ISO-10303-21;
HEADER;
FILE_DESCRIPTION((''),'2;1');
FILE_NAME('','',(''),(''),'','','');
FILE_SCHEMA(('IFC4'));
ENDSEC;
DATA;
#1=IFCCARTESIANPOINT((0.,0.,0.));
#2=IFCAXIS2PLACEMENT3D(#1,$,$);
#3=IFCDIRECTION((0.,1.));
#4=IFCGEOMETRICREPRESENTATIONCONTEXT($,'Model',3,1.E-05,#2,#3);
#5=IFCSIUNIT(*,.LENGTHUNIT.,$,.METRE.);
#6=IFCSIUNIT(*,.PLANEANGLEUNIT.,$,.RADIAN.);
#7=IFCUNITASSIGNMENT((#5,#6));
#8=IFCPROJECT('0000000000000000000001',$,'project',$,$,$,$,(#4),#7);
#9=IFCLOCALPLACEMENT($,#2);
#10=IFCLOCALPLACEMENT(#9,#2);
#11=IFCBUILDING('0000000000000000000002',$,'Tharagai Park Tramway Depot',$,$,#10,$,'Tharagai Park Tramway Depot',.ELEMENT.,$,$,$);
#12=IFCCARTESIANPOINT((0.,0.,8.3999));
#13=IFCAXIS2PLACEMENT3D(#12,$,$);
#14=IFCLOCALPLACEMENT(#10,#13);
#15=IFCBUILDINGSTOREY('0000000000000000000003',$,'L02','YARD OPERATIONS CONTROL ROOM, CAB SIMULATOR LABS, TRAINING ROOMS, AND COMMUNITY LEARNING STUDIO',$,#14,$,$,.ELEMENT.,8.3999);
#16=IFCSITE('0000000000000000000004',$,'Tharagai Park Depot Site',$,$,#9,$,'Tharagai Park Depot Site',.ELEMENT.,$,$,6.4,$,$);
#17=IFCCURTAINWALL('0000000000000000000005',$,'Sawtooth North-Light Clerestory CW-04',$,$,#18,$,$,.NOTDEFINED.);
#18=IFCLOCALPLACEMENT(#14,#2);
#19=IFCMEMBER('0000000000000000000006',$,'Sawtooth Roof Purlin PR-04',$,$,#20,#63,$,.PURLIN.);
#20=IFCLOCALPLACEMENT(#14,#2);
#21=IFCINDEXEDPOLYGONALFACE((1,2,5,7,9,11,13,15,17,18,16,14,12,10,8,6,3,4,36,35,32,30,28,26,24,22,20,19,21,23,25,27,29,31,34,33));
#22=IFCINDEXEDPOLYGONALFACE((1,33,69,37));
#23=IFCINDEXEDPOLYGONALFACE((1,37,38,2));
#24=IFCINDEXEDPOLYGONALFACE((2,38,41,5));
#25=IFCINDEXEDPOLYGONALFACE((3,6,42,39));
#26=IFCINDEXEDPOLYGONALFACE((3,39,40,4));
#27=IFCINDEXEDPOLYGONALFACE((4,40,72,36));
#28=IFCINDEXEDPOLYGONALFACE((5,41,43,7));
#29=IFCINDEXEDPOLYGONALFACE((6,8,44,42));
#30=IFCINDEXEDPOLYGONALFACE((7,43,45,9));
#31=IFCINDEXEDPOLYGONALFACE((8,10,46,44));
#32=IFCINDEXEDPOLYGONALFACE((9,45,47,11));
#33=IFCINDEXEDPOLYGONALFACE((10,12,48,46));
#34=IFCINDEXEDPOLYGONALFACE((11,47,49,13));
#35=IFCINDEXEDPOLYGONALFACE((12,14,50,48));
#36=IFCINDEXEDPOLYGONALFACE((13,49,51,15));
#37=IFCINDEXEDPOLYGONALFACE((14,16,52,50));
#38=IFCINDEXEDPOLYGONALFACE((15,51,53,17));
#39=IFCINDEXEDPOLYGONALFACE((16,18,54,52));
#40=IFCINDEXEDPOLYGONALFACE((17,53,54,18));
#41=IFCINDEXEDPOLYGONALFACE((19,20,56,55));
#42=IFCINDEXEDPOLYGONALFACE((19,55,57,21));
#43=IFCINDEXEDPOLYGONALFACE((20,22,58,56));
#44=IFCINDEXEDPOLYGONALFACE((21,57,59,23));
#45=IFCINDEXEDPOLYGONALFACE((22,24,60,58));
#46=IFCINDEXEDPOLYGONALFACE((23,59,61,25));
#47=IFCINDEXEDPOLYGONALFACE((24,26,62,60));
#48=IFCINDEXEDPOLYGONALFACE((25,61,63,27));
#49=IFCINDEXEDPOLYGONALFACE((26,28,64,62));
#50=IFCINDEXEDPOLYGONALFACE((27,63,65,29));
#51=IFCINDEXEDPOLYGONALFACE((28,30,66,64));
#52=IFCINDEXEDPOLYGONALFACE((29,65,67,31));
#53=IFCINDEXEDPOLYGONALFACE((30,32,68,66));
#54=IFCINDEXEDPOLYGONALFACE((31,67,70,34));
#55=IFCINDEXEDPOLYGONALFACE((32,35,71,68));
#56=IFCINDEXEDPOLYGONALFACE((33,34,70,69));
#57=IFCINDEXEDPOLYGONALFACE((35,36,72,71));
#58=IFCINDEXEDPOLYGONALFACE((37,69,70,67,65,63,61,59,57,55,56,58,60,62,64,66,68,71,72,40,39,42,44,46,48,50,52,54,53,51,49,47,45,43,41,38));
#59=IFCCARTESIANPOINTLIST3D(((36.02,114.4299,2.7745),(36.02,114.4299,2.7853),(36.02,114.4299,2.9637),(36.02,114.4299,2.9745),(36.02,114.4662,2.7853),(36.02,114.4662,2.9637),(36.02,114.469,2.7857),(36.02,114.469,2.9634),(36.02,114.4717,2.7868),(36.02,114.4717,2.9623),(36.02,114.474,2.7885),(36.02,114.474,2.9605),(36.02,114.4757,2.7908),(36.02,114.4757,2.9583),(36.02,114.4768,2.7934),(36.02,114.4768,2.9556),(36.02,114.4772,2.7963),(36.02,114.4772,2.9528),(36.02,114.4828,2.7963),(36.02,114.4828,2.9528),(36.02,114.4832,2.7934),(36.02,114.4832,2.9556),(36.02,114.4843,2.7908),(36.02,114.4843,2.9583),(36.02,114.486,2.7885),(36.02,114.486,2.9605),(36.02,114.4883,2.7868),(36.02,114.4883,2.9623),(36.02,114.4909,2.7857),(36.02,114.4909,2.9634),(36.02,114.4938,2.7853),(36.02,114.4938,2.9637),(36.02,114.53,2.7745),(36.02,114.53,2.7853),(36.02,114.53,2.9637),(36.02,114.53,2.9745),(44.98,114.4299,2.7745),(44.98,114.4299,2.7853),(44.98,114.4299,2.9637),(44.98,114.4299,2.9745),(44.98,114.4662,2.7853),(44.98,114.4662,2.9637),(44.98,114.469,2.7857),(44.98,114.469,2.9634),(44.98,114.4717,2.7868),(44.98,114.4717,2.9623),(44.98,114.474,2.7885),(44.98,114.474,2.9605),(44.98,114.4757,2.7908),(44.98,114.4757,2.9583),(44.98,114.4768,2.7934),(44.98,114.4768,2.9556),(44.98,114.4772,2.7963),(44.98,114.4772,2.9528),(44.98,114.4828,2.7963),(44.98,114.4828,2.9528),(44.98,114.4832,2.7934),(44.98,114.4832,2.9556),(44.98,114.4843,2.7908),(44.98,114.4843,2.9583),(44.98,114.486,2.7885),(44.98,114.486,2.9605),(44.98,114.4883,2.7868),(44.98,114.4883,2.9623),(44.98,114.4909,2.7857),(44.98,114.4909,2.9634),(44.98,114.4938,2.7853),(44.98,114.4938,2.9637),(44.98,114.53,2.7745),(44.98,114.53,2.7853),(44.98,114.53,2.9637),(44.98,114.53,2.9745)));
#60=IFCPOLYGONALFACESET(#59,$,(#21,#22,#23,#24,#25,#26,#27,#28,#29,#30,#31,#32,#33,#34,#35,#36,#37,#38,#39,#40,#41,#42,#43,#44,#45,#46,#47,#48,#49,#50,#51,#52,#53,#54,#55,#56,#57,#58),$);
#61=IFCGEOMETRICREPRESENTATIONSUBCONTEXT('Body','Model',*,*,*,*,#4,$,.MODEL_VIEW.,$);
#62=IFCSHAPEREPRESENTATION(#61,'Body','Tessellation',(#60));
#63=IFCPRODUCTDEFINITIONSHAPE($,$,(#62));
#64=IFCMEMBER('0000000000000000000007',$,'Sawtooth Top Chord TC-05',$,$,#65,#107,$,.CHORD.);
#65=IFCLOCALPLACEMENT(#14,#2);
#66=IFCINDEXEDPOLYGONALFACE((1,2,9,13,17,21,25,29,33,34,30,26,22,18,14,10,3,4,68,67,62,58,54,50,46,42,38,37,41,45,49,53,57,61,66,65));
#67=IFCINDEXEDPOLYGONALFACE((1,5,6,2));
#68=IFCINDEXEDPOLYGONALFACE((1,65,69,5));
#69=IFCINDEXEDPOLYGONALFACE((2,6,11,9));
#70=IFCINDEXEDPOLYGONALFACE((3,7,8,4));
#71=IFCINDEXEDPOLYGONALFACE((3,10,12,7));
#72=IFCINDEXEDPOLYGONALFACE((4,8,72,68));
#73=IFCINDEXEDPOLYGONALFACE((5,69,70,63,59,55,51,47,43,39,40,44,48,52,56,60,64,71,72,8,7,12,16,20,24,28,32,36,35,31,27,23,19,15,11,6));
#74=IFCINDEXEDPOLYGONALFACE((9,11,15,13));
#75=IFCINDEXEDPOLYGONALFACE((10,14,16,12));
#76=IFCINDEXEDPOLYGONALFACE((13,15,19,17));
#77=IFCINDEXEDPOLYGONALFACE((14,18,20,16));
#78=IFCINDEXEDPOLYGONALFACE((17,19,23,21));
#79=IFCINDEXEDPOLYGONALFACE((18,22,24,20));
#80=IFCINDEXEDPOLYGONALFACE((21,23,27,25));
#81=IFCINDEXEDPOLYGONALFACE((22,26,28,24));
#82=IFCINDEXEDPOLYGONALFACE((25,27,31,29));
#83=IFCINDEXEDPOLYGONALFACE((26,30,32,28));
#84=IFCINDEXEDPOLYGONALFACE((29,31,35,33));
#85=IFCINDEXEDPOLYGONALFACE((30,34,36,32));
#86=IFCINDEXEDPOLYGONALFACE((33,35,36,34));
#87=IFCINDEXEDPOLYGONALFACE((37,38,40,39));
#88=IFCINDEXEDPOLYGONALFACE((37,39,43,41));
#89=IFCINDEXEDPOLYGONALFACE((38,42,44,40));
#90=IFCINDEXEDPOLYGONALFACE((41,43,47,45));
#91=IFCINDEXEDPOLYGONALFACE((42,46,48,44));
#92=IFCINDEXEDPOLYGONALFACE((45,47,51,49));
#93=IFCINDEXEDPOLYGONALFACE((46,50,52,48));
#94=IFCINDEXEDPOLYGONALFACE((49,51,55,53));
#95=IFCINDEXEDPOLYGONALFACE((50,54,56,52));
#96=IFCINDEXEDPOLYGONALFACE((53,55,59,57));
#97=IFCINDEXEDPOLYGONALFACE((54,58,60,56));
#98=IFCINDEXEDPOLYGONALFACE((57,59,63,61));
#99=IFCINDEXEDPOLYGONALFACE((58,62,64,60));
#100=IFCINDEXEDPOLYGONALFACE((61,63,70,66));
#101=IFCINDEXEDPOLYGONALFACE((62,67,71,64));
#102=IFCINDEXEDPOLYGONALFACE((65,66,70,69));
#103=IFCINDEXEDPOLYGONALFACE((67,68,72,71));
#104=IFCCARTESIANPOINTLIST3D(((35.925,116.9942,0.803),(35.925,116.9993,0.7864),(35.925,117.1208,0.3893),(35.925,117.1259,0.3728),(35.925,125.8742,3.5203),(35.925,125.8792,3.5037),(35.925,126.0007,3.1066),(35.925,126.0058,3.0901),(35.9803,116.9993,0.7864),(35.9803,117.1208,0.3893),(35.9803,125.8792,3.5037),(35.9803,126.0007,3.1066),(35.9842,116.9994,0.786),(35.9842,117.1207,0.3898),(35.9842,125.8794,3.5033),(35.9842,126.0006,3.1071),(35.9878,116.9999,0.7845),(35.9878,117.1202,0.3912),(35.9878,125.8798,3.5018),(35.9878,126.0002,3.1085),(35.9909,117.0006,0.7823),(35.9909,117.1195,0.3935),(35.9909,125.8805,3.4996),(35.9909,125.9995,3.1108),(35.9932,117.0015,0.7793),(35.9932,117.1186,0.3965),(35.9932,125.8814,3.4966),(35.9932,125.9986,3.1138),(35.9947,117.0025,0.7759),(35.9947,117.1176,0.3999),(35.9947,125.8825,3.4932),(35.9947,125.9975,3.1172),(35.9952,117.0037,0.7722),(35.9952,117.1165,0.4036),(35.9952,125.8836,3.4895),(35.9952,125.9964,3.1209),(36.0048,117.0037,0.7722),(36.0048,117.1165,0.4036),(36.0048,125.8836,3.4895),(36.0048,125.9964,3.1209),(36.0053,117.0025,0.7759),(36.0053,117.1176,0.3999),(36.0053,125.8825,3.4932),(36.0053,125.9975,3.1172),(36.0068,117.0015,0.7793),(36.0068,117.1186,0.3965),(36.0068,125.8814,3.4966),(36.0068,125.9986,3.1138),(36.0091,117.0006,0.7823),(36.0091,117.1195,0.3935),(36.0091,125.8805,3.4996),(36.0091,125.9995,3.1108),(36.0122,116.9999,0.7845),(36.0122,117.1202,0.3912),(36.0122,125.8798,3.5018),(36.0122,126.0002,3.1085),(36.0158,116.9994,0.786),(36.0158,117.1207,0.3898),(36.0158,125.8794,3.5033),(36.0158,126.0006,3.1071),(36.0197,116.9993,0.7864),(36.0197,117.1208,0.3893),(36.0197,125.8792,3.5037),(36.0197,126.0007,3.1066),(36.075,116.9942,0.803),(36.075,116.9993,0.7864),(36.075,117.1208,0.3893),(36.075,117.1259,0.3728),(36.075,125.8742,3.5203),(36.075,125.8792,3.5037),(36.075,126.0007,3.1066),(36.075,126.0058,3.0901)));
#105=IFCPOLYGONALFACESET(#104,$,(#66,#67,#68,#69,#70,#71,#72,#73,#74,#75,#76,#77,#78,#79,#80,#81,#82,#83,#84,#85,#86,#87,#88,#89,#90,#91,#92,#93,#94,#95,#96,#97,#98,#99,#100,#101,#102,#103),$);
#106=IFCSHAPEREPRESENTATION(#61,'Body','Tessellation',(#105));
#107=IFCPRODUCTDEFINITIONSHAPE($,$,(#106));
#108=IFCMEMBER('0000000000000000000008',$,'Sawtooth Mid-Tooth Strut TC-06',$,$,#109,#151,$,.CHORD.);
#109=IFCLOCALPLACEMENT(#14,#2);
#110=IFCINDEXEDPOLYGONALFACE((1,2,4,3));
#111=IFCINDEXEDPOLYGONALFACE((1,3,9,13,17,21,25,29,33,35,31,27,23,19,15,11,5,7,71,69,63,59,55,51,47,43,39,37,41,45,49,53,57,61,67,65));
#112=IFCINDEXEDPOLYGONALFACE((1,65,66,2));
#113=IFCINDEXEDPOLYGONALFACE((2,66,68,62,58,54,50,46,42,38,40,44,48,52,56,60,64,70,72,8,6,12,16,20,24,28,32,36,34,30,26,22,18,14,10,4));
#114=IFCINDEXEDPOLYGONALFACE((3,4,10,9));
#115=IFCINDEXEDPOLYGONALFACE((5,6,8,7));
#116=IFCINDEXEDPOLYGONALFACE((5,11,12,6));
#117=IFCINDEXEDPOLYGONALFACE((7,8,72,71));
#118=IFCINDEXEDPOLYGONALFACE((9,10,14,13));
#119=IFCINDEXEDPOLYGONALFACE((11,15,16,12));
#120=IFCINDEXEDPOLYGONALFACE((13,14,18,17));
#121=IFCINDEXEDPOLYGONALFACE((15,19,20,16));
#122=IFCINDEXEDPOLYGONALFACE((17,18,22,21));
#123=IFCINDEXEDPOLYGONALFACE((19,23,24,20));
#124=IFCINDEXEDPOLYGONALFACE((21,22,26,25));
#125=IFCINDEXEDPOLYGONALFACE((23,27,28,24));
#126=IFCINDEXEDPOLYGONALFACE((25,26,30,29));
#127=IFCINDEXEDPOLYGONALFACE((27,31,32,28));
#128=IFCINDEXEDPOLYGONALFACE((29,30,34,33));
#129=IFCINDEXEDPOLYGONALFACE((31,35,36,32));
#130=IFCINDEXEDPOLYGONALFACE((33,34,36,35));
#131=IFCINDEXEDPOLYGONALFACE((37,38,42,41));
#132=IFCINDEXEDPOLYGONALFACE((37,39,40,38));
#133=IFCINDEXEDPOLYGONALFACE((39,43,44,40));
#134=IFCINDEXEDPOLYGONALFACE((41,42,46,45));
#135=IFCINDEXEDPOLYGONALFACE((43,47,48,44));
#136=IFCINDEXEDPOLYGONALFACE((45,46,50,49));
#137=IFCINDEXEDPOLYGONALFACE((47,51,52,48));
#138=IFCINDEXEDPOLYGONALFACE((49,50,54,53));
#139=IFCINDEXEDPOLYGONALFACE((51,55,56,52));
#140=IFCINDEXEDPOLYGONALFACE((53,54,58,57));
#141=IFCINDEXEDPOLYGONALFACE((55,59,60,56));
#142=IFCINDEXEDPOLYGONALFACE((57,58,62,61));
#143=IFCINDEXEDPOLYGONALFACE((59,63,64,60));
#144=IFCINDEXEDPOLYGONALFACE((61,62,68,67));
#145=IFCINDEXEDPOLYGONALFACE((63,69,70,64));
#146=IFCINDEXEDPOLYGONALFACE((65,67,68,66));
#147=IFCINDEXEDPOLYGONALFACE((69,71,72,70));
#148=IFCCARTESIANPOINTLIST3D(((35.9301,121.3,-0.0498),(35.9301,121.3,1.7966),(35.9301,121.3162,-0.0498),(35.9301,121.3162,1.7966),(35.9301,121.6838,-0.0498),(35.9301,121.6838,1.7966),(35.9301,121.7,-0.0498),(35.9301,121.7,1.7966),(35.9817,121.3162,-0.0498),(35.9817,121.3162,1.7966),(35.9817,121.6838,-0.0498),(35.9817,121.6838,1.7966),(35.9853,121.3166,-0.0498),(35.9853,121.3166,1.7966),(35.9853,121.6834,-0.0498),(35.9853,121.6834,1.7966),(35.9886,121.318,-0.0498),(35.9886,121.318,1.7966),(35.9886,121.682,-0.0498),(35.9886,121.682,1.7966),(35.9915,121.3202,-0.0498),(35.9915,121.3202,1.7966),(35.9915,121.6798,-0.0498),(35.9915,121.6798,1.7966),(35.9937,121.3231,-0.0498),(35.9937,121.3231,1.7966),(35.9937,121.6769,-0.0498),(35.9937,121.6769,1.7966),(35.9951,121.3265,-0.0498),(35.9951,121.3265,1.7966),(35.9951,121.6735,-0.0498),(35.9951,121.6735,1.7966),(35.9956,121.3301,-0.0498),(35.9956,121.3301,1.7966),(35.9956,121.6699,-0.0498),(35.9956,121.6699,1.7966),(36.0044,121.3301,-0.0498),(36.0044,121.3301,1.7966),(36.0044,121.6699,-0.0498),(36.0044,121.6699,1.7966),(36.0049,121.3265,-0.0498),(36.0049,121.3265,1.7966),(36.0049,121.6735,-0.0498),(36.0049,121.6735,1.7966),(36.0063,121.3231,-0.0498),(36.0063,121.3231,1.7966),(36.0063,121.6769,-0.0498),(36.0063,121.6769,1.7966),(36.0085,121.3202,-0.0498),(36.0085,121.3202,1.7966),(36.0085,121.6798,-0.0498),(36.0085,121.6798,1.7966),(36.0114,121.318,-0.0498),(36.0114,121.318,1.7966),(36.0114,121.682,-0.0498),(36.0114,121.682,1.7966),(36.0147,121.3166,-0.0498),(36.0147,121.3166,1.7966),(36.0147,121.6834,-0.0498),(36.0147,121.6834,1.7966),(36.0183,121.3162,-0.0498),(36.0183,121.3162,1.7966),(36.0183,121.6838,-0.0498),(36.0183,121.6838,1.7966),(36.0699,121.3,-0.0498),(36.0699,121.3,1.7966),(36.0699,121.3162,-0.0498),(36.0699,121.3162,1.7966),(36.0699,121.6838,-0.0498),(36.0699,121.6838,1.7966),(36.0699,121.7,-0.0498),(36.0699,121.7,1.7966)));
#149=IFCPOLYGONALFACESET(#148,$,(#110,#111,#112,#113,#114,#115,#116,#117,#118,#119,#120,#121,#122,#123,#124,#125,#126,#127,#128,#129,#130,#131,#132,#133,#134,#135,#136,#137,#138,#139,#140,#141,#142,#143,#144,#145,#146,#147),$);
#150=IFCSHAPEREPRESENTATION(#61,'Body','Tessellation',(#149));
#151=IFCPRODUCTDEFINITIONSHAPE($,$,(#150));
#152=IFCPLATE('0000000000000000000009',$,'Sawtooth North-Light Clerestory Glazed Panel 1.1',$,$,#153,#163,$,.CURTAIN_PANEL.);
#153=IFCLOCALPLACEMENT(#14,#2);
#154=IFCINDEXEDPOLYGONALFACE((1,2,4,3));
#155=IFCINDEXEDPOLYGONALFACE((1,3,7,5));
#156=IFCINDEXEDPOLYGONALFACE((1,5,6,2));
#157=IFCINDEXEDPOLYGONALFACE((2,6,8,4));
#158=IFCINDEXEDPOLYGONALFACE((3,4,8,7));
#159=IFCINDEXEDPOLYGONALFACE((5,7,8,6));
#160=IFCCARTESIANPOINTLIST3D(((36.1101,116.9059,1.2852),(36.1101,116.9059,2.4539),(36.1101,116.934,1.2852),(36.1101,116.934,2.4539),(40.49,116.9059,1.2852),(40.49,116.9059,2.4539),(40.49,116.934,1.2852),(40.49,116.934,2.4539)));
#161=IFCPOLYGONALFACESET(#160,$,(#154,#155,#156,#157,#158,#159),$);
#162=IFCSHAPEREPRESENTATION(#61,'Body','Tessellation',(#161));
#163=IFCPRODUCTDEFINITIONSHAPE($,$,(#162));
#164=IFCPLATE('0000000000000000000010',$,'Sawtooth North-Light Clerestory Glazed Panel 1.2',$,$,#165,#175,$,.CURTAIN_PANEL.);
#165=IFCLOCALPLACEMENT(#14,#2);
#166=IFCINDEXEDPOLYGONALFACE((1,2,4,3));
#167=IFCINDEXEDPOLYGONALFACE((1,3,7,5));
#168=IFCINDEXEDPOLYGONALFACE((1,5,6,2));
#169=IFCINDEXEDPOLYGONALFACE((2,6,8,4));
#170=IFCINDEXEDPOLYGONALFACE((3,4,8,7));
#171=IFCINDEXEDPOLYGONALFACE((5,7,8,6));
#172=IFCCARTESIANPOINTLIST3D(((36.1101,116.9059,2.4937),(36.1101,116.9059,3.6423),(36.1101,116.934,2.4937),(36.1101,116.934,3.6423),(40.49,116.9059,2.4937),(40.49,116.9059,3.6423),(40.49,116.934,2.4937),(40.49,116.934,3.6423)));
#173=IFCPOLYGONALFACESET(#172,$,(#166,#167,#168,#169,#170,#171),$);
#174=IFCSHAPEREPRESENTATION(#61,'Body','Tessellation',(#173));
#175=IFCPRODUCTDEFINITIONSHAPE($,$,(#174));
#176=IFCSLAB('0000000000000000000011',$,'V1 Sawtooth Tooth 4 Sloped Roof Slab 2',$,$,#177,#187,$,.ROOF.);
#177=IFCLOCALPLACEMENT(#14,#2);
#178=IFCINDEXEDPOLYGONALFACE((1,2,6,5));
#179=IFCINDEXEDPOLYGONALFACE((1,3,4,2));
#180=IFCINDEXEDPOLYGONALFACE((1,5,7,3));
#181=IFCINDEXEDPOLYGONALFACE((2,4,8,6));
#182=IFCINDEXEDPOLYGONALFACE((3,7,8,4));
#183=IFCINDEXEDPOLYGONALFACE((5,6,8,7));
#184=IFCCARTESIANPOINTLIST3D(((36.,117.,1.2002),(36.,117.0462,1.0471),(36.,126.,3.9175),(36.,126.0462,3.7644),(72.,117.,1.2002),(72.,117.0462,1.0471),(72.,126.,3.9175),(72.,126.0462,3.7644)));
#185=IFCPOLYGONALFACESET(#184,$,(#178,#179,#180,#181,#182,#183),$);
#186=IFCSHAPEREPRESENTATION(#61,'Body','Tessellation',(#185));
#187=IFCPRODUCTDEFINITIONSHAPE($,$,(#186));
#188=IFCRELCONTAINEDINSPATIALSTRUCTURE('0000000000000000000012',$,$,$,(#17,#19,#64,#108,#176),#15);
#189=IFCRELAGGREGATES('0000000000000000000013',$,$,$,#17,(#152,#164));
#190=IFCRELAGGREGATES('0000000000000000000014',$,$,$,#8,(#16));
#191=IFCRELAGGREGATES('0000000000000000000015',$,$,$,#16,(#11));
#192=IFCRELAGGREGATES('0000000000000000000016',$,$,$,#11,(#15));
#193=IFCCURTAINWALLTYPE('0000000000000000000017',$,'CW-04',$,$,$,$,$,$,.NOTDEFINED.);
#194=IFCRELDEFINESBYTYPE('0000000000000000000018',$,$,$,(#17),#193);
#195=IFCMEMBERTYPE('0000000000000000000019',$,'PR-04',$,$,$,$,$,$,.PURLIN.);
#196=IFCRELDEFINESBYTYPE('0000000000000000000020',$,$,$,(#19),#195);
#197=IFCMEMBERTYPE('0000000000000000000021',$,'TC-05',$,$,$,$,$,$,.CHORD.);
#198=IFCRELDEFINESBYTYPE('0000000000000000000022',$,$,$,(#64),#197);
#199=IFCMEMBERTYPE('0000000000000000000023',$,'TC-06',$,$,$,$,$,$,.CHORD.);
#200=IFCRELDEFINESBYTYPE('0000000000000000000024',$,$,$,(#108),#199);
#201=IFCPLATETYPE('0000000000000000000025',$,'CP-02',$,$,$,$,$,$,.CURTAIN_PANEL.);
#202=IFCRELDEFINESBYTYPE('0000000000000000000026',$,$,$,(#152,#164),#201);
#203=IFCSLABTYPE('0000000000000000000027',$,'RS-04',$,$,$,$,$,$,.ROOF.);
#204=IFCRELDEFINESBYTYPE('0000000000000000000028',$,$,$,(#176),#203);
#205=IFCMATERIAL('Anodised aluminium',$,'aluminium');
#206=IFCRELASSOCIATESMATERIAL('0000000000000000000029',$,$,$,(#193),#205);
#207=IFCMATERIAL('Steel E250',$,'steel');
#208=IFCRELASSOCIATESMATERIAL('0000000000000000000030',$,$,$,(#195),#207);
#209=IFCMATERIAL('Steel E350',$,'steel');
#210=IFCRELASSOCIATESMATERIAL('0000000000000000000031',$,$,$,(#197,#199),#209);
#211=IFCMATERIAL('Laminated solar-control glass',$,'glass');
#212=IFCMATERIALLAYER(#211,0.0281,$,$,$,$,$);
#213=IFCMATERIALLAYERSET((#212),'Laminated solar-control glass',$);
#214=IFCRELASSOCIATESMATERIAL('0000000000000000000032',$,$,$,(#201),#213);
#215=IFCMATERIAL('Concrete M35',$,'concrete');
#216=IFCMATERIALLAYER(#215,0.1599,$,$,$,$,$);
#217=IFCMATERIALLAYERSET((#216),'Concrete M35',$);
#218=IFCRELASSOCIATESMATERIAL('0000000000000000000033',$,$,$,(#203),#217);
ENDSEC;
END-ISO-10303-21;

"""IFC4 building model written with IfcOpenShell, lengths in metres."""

from ifc_helpers import new_model, si_unit, direction, frame, origin, origin_2d, place, context, subcontext, project, spatial, polyline, rectangle, i_section, outline, extrude, material, layer, layer_set, material_profile, profile_set, type_object, element, aggregate, save


model = new_model("IFC4")

# Units and contexts
model_context = context("Model", 3, precision=1e-05, world=origin(), true_north=direction((0.0, 1.0)))
body_context = subcontext(model_context, "Body", "Model", "MODEL_VIEW")
ifc_project = project(units=[si_unit("LENGTHUNIT", "METRE"), si_unit("PLANEANGLEUNIT", "RADIAN")], contexts=[model_context])

# Site, building, storey
site_placement = place(None, origin())
site = spatial("IfcSite", under=ifc_project, at=site_placement, Name="Tharagai Park Depot Site", LongName="Tharagai Park Depot Site", CompositionType="ELEMENT", RefElevation=6.4)
building_placement = place(site_placement, origin())
building = spatial("IfcBuilding", under=site, at=building_placement, Name="Tharagai Park Tramway Depot", LongName="Tharagai Park Tramway Depot", CompositionType="ELEMENT")
storey_placement = place(building_placement, frame((0.0, 0.0, 8.3999)))
storey = spatial("IfcBuildingStorey", under=building, at=storey_placement, Name="L02", Description="YARD OPERATIONS CONTROL ROOM, CAB SIMULATOR LABS, TRAINING ROOMS, AND COMMUNITY LEARNING STUDIO", CompositionType="ELEMENT", Elevation=8.3999)

# Shared definitions
ifc_material_1 = material(Name="Steel E350", Category="steel")

# Curtain wall
ifc_material_2 = material(Name="Anodised aluminium", Category="aluminium")
curtain_wall_type_1 = type_object("IfcCurtainWallType", Name="CW-04", PredefinedType="NOTDEFINED", material=ifc_material_2)
curtain_wall_1_placement = place(storey_placement, origin())
curtain_wall_1 = element("IfcCurtainWall", 1, at=curtain_wall_1_placement, inside=storey, type_object=curtain_wall_type_1, Name="Sawtooth North-Light Clerestory CW-04", PredefinedType="NOTDEFINED")

# Members
ifc_material_3 = material(Name="Steel E250", Category="steel")
ifc_material_profile_1 = material_profile(ifc_material_3, i_section(OverallWidth=0.1001, OverallDepth=0.2, WebThickness=0.0056, FlangeThickness=0.0107, FilletRadius=0.011, at=origin_2d()), Name="ISMB 200")
ifc_profile_set_1 = profile_set([ifc_material_profile_1], Name="Steel E250")
member_type_1 = type_object("IfcMemberType", Name="PR-04", PredefinedType="PURLIN", material=ifc_profile_set_1)
member_1_placement = place(storey_placement, frame((36.02, 114.48, 2.8745), z_axis=(1.0, 0.0, 0.0), x_axis=(0.0, 1.0, 0.0)))
element("IfcMember", 2, at=member_1_placement, inside=storey, type_object=member_type_1, Name="Sawtooth Roof Purlin PR-04", PredefinedType="PURLIN", context=body_context, shape_type="SweptSolid", body=[
    extrude(i_section(OverallWidth=0.1001, OverallDepth=0.2, WebThickness=0.0056, FlangeThickness=0.0107, FilletRadius=0.011, at=origin_2d()), origin(), (0.0, 0.0, 1.0), 8.96),
])
ifc_material_profile_2 = material_profile(ifc_material_1, i_section(OverallWidth=0.1499, OverallDepth=0.45, WebThickness=0.0095, FlangeThickness=0.0173, FilletRadius=0.0149, at=origin_2d()), Name="ISMB 450")
ifc_profile_set_2 = profile_set([ifc_material_profile_2], Name="Steel E350")
member_type_2 = type_object("IfcMemberType", Name="TC-05", PredefinedType="CHORD", material=ifc_profile_set_2)
member_2_placement = place(storey_placement, frame((36.0, 117.0601, 0.5879), z_axis=(0.0, 0.956231, 0.292611), x_axis=(-1.0, 0.0, 0.0)))
element("IfcMember", 3, at=member_2_placement, inside=storey, type_object=member_type_2, Name="Sawtooth Top Chord TC-05", PredefinedType="CHORD", context=body_context, shape_type="SweptSolid", body=[
    extrude(i_section(OverallWidth=0.1499, OverallDepth=0.45, WebThickness=0.0095, FlangeThickness=0.0173, FilletRadius=0.0149, at=origin_2d()), origin(), (0.0, 0.0, 1.0), 9.2864),
])
ifc_material_profile_3 = material_profile(ifc_material_1, i_section(OverallWidth=0.1399, OverallDepth=0.3999, WebThickness=0.0088, FlangeThickness=0.0161, FilletRadius=0.0139, at=origin_2d()), Name="ISMB 400")
ifc_profile_set_3 = profile_set([ifc_material_profile_3], Name="Steel E350")
member_type_3 = type_object("IfcMemberType", Name="TC-06", PredefinedType="CHORD", material=ifc_profile_set_3)
member_3_placement = place(storey_placement, frame((36.0, 121.5, -0.0498), z_axis=(0.0, 0.0, 1.0), x_axis=(1.0, 0.0, 0.0)))
element("IfcMember", 4, at=member_3_placement, inside=storey, type_object=member_type_3, Name="Sawtooth Mid-Tooth Strut TC-06", PredefinedType="CHORD", context=body_context, shape_type="SweptSolid", body=[
    extrude(i_section(OverallWidth=0.1399, OverallDepth=0.3999, WebThickness=0.0088, FlangeThickness=0.0161, FilletRadius=0.0139, at=origin_2d()), origin(), (0.0, 0.0, 1.0), 1.8464),
])

# Plates
ifc_material_4 = material(Name="Laminated solar-control glass", Category="glass")
ifc_layer_1 = layer(ifc_material_4, 0.0281)
ifc_layer_set_1 = layer_set([ifc_layer_1], Name="Laminated solar-control glass")
plate_type = type_object("IfcPlateType", Name="CP-02", PredefinedType="CURTAIN_PANEL", material=ifc_layer_set_1)
plate_1_placement = place(storey_placement, frame((38.3, 116.9199, 1.2852), z_axis=(0.0, 0.0, 1.0), x_axis=(1.0, 0.0, 0.0)))
plate_1 = element("IfcPlate", 5, at=plate_1_placement, type_object=plate_type, Name="Sawtooth North-Light Clerestory Glazed Panel 1.1", PredefinedType="CURTAIN_PANEL", context=body_context, shape_type="SweptSolid", body=[
    extrude(rectangle(XDim=4.3799, YDim=0.0281, at=origin_2d()), origin(), (0.0, 0.0, 1.0), 1.1687),
])
plate_2_placement = place(storey_placement, frame((38.3, 116.9199, 2.4937), z_axis=(0.0, 0.0, 1.0), x_axis=(1.0, 0.0, 0.0)))
plate_2 = element("IfcPlate", 6, at=plate_2_placement, type_object=plate_type, Name="Sawtooth North-Light Clerestory Glazed Panel 1.2", PredefinedType="CURTAIN_PANEL", context=body_context, shape_type="SweptSolid", body=[
    extrude(rectangle(XDim=4.3799, YDim=0.0281, at=origin_2d()), origin(), (0.0, 0.0, 1.0), 1.1487),
])
aggregate(curtain_wall_1, [plate_1, plate_2])

# Slab
ifc_material_5 = material(Name="Concrete M35", Category="concrete")
ifc_layer_2 = layer(ifc_material_5, 0.1599)
ifc_layer_set_2 = layer_set([ifc_layer_2], Name="Concrete M35")
slab_type = type_object("IfcSlabType", Name="RS-04", PredefinedType="ROOF", material=ifc_layer_set_2)
slab_placement = place(storey_placement, frame((36.0, 117.0, 1.2002), z_axis=(0.0, -0.289034, 0.957319), x_axis=(1.0, 0.0, 0.0)))
element("IfcSlab", 7, at=slab_placement, inside=storey, type_object=slab_type, Name="V1 Sawtooth Tooth 4 Sloped Roof Slab 2", PredefinedType="ROOF", context=body_context, shape_type="SweptSolid", body=[
    extrude(outline(polyline([(0.0, 0.0), (36.0, 0.0), (36.0, 9.4013), (0.0, 9.4013), (0.0, 0.0)])), origin(), (0.0, 0.0, -1.0), 0.1599),
])

save(model, "model.ifc")
